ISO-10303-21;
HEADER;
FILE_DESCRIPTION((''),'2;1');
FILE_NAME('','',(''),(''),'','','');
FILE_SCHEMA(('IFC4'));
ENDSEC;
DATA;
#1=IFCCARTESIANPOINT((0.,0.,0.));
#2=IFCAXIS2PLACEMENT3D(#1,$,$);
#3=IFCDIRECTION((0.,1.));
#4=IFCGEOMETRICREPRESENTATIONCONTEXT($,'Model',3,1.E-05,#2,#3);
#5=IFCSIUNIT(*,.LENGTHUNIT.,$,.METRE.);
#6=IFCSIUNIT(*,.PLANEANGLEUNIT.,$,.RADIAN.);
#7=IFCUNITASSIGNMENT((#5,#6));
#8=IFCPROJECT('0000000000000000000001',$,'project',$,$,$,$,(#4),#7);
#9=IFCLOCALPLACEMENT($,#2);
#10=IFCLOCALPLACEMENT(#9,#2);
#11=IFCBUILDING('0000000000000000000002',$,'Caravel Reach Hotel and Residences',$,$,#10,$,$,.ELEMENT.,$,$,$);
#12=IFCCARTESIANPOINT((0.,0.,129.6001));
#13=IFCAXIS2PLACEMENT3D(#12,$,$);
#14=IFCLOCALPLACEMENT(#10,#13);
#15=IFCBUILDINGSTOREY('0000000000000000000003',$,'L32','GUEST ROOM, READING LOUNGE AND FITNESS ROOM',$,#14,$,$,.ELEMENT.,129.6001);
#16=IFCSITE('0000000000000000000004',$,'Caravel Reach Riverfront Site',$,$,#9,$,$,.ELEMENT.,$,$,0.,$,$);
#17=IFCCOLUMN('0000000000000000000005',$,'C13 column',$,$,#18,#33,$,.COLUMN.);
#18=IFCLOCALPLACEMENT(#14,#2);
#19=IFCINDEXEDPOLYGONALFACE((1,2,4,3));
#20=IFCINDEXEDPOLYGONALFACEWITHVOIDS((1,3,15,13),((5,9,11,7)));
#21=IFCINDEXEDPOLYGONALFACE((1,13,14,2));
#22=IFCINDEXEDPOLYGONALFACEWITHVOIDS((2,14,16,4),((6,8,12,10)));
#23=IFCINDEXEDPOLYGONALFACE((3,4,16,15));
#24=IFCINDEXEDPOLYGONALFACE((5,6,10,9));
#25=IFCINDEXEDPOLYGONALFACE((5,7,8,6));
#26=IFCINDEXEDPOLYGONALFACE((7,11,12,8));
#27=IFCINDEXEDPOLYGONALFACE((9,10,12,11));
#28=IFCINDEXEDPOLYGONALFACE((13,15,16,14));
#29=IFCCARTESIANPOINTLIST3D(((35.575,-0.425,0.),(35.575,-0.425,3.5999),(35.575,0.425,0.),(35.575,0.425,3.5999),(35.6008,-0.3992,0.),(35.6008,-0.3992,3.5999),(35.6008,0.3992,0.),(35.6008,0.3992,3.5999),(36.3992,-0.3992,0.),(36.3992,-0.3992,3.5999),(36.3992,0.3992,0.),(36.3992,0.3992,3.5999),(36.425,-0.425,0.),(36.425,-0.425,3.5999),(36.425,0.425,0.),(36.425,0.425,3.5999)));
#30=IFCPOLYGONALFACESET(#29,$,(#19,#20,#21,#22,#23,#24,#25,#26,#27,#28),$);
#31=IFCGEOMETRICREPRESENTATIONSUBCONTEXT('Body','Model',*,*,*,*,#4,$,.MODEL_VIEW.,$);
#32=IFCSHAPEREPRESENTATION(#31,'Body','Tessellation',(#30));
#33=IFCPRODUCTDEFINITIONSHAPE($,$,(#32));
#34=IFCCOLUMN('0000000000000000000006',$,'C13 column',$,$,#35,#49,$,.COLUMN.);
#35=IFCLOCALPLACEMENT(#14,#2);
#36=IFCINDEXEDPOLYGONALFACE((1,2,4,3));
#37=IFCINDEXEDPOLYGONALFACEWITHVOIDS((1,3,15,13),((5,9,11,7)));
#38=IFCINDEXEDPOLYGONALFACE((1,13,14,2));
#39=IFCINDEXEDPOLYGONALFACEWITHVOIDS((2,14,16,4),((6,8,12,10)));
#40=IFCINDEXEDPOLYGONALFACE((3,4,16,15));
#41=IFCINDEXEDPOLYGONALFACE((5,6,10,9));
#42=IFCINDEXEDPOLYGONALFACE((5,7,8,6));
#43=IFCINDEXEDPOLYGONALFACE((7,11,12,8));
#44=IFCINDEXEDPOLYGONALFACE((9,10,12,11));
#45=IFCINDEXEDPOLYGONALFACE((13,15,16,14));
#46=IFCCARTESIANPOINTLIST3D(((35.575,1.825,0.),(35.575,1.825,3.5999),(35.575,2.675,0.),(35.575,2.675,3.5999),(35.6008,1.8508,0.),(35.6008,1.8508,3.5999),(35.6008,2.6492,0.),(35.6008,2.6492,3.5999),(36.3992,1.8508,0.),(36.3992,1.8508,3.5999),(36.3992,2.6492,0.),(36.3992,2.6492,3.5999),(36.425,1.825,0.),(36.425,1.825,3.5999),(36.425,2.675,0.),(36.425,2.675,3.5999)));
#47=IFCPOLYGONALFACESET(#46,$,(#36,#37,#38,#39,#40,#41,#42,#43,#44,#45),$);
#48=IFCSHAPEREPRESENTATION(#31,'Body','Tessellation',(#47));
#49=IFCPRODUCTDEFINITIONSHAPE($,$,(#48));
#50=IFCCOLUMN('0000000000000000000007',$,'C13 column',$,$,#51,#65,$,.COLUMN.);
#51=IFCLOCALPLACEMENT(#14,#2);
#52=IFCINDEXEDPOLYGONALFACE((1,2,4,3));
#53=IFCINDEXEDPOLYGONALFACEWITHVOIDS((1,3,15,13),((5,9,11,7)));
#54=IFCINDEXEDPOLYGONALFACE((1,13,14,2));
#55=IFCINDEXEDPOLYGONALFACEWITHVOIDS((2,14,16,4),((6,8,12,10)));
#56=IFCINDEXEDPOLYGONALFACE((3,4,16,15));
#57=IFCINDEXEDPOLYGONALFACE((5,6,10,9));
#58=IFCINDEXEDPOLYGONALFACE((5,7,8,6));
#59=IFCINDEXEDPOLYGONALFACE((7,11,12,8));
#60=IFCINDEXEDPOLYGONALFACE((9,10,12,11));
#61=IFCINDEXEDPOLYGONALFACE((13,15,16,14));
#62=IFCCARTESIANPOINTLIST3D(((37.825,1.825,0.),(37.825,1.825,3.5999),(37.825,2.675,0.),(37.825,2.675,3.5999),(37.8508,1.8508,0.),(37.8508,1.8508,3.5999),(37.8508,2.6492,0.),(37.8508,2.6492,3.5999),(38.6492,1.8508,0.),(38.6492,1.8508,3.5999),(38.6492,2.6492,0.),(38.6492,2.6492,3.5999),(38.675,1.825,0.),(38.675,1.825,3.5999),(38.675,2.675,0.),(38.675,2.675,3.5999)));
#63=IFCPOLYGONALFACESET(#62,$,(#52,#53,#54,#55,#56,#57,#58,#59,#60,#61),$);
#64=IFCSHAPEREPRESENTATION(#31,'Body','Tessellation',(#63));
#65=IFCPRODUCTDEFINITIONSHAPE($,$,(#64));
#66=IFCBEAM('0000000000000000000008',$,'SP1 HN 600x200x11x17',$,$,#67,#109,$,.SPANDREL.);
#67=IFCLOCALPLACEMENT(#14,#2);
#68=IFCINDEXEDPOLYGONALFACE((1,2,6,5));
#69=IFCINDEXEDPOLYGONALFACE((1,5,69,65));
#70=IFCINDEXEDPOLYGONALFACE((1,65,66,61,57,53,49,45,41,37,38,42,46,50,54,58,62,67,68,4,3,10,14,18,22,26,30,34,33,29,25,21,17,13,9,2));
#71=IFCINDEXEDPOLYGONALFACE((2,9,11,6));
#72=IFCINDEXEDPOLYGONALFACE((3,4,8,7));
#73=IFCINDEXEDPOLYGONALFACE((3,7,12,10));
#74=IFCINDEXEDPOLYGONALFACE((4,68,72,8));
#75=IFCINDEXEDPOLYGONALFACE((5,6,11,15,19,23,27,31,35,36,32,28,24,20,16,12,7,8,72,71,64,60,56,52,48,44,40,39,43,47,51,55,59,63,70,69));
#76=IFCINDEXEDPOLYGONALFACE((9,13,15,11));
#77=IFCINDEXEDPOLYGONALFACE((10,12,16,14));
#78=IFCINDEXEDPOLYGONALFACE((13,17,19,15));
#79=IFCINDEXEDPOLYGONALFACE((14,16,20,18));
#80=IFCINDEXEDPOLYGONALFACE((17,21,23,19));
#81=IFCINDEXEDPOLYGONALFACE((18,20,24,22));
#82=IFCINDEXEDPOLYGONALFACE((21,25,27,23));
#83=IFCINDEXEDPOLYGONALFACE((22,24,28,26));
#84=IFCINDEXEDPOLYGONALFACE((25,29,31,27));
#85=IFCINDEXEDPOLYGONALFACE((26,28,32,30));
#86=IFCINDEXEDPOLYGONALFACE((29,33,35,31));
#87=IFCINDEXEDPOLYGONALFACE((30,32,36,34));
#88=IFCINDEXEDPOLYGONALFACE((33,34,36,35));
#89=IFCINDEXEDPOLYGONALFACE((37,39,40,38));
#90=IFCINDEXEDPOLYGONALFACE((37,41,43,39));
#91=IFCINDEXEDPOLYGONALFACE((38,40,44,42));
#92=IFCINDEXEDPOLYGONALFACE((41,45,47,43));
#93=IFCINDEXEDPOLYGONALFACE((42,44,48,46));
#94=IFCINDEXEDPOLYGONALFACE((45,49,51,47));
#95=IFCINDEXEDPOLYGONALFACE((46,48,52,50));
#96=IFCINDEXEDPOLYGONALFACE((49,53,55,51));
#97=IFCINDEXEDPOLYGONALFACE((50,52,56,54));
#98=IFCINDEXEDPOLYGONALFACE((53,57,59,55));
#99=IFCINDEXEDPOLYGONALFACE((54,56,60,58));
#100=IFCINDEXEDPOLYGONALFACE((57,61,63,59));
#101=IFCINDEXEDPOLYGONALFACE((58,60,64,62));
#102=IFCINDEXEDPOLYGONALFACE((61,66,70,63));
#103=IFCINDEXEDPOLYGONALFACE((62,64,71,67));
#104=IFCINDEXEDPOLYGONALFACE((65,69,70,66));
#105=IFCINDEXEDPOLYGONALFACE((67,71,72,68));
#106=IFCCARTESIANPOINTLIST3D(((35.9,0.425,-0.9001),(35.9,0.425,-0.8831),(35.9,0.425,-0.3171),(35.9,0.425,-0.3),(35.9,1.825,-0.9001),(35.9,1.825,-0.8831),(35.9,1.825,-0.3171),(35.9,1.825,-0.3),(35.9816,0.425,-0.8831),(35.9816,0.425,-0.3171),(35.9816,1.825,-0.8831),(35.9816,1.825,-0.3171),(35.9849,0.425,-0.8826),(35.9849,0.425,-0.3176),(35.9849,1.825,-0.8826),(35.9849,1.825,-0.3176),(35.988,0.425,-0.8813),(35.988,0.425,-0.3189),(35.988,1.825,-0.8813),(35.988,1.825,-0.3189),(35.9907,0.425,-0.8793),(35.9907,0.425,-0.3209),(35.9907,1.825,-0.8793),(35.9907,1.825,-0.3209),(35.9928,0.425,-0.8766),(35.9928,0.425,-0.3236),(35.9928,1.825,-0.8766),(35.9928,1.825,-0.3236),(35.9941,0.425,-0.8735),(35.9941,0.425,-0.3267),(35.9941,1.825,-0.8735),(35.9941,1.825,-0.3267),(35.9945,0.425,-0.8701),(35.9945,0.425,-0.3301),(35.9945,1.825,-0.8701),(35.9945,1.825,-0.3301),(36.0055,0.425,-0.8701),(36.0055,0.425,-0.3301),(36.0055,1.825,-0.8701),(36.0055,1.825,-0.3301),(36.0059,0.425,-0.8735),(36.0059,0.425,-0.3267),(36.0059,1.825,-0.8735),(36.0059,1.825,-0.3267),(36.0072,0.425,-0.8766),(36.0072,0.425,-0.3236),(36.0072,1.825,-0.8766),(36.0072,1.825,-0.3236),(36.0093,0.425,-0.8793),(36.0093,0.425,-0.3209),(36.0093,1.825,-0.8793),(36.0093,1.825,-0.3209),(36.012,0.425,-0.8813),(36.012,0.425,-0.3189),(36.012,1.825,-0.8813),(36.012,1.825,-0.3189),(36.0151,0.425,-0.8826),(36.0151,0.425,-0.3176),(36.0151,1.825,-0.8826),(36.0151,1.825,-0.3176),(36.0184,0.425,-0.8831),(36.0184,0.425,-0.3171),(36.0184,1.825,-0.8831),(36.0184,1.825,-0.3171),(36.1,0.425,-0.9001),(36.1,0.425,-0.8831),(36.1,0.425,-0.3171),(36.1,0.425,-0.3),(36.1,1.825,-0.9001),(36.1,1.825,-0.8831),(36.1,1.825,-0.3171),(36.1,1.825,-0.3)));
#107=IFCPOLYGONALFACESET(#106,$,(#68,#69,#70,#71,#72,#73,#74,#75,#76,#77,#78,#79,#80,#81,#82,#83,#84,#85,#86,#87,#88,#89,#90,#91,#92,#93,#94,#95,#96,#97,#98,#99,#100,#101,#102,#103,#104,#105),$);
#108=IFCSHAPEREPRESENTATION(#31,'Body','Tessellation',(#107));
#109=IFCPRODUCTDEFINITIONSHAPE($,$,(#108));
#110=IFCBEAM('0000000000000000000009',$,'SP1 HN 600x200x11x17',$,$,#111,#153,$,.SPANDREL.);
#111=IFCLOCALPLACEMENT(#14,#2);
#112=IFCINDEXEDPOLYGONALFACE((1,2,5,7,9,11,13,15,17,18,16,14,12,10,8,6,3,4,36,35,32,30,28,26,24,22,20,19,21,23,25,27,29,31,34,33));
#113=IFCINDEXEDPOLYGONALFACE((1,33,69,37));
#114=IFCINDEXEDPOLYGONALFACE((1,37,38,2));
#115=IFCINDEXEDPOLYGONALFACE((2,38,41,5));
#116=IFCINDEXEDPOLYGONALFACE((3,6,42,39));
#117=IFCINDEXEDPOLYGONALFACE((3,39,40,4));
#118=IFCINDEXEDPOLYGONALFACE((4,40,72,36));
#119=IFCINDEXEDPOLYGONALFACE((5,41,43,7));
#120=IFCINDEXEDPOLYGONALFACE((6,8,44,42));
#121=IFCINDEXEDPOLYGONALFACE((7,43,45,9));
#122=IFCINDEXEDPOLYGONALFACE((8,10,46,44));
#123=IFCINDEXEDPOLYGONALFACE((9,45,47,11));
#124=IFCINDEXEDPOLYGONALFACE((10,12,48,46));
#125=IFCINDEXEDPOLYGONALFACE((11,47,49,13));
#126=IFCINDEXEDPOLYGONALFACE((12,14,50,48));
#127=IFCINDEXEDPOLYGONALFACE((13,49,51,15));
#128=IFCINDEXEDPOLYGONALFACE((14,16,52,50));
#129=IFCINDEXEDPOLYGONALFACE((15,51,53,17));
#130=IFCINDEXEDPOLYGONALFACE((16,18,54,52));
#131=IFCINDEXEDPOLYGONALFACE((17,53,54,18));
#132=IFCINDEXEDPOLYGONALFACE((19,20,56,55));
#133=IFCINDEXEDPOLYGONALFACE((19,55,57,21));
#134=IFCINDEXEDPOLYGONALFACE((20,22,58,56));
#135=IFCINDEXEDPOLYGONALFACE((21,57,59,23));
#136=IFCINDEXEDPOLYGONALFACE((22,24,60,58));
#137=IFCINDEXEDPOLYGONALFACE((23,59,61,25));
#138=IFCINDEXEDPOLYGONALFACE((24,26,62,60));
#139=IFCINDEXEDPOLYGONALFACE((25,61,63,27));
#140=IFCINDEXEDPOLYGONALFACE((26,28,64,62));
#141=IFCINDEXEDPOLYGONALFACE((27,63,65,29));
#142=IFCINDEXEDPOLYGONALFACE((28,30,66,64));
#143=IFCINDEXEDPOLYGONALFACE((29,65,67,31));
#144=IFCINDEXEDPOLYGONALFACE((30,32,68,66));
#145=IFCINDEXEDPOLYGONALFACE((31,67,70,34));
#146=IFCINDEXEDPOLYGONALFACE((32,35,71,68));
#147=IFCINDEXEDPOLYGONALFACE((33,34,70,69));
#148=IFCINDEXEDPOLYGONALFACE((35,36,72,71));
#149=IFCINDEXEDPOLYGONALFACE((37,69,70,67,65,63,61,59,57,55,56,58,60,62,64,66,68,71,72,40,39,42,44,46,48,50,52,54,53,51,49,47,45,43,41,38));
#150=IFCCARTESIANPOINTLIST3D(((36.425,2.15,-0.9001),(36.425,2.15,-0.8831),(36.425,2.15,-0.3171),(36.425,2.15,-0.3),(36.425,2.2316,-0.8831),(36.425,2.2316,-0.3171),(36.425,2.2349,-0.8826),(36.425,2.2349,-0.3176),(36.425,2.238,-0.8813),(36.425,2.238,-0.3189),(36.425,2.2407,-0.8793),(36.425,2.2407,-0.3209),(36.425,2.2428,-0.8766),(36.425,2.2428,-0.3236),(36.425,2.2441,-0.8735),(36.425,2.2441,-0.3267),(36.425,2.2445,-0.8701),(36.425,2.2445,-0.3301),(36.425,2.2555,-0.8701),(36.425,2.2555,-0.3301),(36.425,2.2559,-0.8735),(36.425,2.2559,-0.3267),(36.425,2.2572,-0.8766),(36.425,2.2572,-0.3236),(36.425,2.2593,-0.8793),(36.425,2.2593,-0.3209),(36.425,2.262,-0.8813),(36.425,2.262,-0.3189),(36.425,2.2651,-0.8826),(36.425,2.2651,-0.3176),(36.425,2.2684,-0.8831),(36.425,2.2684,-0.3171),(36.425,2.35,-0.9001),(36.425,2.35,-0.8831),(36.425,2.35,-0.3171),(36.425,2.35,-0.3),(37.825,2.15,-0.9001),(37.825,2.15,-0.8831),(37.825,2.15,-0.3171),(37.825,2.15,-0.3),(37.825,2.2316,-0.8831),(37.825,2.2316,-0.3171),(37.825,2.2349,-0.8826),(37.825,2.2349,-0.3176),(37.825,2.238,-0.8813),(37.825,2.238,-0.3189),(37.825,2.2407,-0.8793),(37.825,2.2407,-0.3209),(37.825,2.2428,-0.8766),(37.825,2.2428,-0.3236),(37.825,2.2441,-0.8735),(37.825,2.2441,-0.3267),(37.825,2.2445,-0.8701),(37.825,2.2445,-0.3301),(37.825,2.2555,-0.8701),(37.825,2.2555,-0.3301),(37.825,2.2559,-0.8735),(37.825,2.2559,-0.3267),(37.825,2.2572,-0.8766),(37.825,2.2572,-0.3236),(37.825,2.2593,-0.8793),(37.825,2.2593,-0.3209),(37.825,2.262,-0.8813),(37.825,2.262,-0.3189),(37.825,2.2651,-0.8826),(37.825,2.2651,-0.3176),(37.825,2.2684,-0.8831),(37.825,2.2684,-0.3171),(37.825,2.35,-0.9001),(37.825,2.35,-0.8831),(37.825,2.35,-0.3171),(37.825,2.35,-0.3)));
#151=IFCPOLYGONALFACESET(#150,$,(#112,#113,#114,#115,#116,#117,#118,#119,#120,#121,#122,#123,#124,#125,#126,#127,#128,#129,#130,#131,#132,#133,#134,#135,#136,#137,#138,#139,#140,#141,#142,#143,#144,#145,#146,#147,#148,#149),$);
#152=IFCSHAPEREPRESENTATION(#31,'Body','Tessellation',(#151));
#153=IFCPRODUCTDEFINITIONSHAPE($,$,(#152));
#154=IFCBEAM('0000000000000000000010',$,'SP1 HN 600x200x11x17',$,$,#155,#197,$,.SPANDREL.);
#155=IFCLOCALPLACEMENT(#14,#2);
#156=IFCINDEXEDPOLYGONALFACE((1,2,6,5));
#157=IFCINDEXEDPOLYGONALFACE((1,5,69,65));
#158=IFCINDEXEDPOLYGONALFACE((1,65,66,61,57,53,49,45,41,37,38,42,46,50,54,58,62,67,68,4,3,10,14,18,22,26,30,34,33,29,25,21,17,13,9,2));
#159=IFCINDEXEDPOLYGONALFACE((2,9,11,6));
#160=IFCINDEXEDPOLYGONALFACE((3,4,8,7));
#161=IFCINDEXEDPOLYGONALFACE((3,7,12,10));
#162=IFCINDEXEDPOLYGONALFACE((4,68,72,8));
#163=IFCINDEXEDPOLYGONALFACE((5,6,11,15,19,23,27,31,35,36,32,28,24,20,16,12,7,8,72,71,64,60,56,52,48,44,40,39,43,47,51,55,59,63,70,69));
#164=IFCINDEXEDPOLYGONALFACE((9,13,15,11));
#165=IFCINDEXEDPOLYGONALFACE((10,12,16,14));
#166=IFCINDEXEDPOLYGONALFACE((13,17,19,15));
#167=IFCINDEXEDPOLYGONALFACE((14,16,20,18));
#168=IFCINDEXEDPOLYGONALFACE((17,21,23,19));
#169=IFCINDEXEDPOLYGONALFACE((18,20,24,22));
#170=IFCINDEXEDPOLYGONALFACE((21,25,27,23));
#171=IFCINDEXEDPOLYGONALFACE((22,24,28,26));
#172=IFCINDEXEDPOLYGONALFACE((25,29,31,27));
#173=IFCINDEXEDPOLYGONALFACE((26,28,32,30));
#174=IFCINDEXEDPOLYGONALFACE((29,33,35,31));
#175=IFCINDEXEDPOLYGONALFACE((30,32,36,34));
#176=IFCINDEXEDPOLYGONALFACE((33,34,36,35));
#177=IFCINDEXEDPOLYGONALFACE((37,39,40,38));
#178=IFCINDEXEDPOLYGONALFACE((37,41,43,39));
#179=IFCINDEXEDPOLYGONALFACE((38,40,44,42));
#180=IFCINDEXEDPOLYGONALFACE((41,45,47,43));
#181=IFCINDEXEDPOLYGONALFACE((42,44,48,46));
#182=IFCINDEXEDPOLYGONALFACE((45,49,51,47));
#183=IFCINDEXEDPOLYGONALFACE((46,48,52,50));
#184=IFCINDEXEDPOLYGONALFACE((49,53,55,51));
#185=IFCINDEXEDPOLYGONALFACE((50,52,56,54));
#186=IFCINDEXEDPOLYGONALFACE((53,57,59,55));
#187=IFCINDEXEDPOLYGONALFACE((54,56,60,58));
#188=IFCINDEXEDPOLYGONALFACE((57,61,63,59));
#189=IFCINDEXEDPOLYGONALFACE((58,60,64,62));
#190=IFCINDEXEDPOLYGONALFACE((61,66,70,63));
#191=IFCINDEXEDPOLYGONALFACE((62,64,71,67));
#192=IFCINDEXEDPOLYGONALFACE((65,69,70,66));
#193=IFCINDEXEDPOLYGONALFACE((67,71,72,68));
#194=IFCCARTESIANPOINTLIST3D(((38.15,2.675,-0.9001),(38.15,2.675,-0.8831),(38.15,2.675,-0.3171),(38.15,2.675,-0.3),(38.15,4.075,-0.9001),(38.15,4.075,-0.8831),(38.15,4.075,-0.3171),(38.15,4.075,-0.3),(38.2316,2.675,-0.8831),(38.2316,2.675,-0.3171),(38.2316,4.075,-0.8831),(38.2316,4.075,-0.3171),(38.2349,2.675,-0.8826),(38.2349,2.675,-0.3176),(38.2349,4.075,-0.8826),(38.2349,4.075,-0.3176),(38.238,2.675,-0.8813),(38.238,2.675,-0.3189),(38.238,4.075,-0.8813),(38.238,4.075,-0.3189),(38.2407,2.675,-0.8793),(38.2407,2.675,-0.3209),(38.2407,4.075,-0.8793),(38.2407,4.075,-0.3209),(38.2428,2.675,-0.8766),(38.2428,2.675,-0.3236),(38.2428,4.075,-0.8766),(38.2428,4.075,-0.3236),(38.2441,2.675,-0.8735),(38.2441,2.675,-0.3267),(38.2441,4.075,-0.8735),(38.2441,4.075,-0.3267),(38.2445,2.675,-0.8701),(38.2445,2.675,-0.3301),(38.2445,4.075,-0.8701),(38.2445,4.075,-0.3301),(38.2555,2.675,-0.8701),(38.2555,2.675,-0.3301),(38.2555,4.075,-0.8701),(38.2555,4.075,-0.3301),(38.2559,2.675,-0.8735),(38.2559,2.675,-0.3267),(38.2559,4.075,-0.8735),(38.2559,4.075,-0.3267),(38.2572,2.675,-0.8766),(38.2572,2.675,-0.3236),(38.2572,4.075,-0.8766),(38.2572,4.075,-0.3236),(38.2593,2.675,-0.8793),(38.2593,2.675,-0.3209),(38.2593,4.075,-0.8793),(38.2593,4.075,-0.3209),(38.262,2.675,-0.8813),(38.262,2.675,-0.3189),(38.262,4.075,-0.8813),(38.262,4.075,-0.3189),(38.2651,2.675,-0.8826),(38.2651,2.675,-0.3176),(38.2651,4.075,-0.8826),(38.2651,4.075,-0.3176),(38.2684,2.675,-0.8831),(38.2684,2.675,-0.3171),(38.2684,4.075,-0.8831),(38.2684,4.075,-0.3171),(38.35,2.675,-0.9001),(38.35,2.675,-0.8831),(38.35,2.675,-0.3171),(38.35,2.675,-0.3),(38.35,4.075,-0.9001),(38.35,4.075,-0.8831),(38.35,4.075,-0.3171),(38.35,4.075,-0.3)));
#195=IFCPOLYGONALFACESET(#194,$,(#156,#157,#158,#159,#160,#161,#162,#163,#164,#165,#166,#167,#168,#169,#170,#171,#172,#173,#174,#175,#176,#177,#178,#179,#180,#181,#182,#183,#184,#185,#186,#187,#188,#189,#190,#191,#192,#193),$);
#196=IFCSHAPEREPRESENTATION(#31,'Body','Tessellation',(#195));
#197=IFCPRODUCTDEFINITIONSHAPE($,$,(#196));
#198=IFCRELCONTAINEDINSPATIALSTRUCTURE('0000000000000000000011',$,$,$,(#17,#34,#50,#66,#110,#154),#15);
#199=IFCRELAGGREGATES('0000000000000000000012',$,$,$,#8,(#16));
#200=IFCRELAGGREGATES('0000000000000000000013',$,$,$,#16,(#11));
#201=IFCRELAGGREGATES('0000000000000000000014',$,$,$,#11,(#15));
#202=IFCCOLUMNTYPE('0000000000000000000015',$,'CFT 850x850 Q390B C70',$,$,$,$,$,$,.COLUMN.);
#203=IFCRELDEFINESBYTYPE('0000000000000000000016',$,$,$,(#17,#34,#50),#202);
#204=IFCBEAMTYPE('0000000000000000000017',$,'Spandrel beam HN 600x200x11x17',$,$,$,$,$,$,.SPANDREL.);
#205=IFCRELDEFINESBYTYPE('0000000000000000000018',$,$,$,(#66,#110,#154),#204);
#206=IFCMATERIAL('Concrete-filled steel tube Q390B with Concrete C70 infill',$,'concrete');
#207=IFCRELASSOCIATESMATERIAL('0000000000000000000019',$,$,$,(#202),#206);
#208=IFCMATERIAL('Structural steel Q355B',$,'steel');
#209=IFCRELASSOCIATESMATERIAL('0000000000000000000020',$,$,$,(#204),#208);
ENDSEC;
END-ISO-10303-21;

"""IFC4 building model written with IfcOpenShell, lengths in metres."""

from ifc_helpers import new_model, si_unit, direction, frame, origin, origin_2d, place, context, subcontext, project, spatial, hollow_rectangle, i_section, extrude, material, material_profile, profile_set, type_object, element, save


model = new_model("IFC4")

# Units and contexts
model_context = context("Model", 3, precision=1e-05, world=origin(), true_north=direction((0.0, 1.0)))
body_context = subcontext(model_context, "Body", "Model", "MODEL_VIEW")
ifc_project = project(units=[si_unit("LENGTHUNIT", "METRE"), si_unit("PLANEANGLEUNIT", "RADIAN")], contexts=[model_context])

# Site, building, storey
site_placement = place(None, origin())
site = spatial("IfcSite", under=ifc_project, at=site_placement, Name="Caravel Reach Riverfront Site", CompositionType="ELEMENT", RefElevation=0.0)
building_placement = place(site_placement, origin())
building = spatial("IfcBuilding", under=site, at=building_placement, Name="Caravel Reach Hotel and Residences", CompositionType="ELEMENT")
storey_placement = place(building_placement, frame((0.0, 0.0, 129.6001)))
storey = spatial("IfcBuildingStorey", under=building, at=storey_placement, Name="L32", Description="GUEST ROOM, READING LOUNGE AND FITNESS ROOM", CompositionType="ELEMENT", Elevation=129.6001)

# Columns
ifc_material_1 = material(Name="Concrete-filled steel tube Q390B with Concrete C70 infill", Category="concrete")
ifc_material_profile_1 = material_profile(ifc_material_1, hollow_rectangle(XDim=0.8501, YDim=0.8501, WallThickness=0.0259, at=origin_2d()), Name="RHS 850x850x26")
ifc_profile_set_1 = profile_set([ifc_material_profile_1], Name="Concrete-filled steel tube Q390B with Concrete C70 infill")
column_type = type_object("IfcColumnType", Name="CFT 850x850 Q390B C70", PredefinedType="COLUMN", material=ifc_profile_set_1)
for number, where, z_axis, x_axis, name in (
    (1, (36.0, 0.0, 0.0), (0.0, 0.0, 1.0), (1.0, 0.0, 0.0), "C13 column"),
    (2, (36.0, 2.25, 0.0), (0.0, 0.0, 1.0), (1.0, 0.0, 0.0), "C13 column"),
    (3, (38.25, 2.25, 0.0), (0.0, 0.0, 1.0), (1.0, 0.0, 0.0), "C13 column"),
):
    element("IfcColumn", number, at=place(storey_placement, frame(where, z_axis=z_axis, x_axis=x_axis)), inside=storey, type_object=column_type, Name=name, PredefinedType="COLUMN", context=body_context, shape_type="SweptSolid", body=[
        extrude(hollow_rectangle(XDim=0.8501, YDim=0.8501, WallThickness=0.0259, at=origin_2d()), origin(), (0.0, 0.0, 1.0), 3.5999),
    ])

# Beams
ifc_material_2 = material(Name="Structural steel Q355B", Category="steel")
ifc_material_profile_2 = material_profile(ifc_material_2, i_section(OverallWidth=0.2, OverallDepth=0.6001, WebThickness=0.011, FlangeThickness=0.0171, FilletRadius=0.0129, at=origin_2d()), Name="HN 600x200x11x17")
ifc_profile_set_2 = profile_set([ifc_material_profile_2], Name="Structural steel Q355B")
beam_type = type_object("IfcBeamType", Name="Spandrel beam HN 600x200x11x17", PredefinedType="SPANDREL", material=ifc_profile_set_2)
for number, where, z_axis, x_axis, name in (
    (4, (36.0, 0.425, -0.6001), (0.0, 1.0, 0.0), (-1.0, 0.0, 0.0), "SP1 HN 600x200x11x17"),
    (5, (36.425, 2.25, -0.6001), (1.0, 0.0, 0.0), (0.0, 1.0, 0.0), "SP1 HN 600x200x11x17"),
    (6, (38.25, 2.675, -0.6001), (0.0, 1.0, 0.0), (-1.0, 0.0, 0.0), "SP1 HN 600x200x11x17"),
):
    element("IfcBeam", number, at=place(storey_placement, frame(where, z_axis=z_axis, x_axis=x_axis)), inside=storey, type_object=beam_type, Name=name, PredefinedType="SPANDREL", context=body_context, shape_type="SweptSolid", body=[
        extrude(i_section(OverallWidth=0.2, OverallDepth=0.6001, WebThickness=0.011, FlangeThickness=0.0171, FilletRadius=0.0129, at=origin_2d()), origin(), (0.0, 0.0, 1.0), 1.3999),
    ])

save(model, "model.ifc")
